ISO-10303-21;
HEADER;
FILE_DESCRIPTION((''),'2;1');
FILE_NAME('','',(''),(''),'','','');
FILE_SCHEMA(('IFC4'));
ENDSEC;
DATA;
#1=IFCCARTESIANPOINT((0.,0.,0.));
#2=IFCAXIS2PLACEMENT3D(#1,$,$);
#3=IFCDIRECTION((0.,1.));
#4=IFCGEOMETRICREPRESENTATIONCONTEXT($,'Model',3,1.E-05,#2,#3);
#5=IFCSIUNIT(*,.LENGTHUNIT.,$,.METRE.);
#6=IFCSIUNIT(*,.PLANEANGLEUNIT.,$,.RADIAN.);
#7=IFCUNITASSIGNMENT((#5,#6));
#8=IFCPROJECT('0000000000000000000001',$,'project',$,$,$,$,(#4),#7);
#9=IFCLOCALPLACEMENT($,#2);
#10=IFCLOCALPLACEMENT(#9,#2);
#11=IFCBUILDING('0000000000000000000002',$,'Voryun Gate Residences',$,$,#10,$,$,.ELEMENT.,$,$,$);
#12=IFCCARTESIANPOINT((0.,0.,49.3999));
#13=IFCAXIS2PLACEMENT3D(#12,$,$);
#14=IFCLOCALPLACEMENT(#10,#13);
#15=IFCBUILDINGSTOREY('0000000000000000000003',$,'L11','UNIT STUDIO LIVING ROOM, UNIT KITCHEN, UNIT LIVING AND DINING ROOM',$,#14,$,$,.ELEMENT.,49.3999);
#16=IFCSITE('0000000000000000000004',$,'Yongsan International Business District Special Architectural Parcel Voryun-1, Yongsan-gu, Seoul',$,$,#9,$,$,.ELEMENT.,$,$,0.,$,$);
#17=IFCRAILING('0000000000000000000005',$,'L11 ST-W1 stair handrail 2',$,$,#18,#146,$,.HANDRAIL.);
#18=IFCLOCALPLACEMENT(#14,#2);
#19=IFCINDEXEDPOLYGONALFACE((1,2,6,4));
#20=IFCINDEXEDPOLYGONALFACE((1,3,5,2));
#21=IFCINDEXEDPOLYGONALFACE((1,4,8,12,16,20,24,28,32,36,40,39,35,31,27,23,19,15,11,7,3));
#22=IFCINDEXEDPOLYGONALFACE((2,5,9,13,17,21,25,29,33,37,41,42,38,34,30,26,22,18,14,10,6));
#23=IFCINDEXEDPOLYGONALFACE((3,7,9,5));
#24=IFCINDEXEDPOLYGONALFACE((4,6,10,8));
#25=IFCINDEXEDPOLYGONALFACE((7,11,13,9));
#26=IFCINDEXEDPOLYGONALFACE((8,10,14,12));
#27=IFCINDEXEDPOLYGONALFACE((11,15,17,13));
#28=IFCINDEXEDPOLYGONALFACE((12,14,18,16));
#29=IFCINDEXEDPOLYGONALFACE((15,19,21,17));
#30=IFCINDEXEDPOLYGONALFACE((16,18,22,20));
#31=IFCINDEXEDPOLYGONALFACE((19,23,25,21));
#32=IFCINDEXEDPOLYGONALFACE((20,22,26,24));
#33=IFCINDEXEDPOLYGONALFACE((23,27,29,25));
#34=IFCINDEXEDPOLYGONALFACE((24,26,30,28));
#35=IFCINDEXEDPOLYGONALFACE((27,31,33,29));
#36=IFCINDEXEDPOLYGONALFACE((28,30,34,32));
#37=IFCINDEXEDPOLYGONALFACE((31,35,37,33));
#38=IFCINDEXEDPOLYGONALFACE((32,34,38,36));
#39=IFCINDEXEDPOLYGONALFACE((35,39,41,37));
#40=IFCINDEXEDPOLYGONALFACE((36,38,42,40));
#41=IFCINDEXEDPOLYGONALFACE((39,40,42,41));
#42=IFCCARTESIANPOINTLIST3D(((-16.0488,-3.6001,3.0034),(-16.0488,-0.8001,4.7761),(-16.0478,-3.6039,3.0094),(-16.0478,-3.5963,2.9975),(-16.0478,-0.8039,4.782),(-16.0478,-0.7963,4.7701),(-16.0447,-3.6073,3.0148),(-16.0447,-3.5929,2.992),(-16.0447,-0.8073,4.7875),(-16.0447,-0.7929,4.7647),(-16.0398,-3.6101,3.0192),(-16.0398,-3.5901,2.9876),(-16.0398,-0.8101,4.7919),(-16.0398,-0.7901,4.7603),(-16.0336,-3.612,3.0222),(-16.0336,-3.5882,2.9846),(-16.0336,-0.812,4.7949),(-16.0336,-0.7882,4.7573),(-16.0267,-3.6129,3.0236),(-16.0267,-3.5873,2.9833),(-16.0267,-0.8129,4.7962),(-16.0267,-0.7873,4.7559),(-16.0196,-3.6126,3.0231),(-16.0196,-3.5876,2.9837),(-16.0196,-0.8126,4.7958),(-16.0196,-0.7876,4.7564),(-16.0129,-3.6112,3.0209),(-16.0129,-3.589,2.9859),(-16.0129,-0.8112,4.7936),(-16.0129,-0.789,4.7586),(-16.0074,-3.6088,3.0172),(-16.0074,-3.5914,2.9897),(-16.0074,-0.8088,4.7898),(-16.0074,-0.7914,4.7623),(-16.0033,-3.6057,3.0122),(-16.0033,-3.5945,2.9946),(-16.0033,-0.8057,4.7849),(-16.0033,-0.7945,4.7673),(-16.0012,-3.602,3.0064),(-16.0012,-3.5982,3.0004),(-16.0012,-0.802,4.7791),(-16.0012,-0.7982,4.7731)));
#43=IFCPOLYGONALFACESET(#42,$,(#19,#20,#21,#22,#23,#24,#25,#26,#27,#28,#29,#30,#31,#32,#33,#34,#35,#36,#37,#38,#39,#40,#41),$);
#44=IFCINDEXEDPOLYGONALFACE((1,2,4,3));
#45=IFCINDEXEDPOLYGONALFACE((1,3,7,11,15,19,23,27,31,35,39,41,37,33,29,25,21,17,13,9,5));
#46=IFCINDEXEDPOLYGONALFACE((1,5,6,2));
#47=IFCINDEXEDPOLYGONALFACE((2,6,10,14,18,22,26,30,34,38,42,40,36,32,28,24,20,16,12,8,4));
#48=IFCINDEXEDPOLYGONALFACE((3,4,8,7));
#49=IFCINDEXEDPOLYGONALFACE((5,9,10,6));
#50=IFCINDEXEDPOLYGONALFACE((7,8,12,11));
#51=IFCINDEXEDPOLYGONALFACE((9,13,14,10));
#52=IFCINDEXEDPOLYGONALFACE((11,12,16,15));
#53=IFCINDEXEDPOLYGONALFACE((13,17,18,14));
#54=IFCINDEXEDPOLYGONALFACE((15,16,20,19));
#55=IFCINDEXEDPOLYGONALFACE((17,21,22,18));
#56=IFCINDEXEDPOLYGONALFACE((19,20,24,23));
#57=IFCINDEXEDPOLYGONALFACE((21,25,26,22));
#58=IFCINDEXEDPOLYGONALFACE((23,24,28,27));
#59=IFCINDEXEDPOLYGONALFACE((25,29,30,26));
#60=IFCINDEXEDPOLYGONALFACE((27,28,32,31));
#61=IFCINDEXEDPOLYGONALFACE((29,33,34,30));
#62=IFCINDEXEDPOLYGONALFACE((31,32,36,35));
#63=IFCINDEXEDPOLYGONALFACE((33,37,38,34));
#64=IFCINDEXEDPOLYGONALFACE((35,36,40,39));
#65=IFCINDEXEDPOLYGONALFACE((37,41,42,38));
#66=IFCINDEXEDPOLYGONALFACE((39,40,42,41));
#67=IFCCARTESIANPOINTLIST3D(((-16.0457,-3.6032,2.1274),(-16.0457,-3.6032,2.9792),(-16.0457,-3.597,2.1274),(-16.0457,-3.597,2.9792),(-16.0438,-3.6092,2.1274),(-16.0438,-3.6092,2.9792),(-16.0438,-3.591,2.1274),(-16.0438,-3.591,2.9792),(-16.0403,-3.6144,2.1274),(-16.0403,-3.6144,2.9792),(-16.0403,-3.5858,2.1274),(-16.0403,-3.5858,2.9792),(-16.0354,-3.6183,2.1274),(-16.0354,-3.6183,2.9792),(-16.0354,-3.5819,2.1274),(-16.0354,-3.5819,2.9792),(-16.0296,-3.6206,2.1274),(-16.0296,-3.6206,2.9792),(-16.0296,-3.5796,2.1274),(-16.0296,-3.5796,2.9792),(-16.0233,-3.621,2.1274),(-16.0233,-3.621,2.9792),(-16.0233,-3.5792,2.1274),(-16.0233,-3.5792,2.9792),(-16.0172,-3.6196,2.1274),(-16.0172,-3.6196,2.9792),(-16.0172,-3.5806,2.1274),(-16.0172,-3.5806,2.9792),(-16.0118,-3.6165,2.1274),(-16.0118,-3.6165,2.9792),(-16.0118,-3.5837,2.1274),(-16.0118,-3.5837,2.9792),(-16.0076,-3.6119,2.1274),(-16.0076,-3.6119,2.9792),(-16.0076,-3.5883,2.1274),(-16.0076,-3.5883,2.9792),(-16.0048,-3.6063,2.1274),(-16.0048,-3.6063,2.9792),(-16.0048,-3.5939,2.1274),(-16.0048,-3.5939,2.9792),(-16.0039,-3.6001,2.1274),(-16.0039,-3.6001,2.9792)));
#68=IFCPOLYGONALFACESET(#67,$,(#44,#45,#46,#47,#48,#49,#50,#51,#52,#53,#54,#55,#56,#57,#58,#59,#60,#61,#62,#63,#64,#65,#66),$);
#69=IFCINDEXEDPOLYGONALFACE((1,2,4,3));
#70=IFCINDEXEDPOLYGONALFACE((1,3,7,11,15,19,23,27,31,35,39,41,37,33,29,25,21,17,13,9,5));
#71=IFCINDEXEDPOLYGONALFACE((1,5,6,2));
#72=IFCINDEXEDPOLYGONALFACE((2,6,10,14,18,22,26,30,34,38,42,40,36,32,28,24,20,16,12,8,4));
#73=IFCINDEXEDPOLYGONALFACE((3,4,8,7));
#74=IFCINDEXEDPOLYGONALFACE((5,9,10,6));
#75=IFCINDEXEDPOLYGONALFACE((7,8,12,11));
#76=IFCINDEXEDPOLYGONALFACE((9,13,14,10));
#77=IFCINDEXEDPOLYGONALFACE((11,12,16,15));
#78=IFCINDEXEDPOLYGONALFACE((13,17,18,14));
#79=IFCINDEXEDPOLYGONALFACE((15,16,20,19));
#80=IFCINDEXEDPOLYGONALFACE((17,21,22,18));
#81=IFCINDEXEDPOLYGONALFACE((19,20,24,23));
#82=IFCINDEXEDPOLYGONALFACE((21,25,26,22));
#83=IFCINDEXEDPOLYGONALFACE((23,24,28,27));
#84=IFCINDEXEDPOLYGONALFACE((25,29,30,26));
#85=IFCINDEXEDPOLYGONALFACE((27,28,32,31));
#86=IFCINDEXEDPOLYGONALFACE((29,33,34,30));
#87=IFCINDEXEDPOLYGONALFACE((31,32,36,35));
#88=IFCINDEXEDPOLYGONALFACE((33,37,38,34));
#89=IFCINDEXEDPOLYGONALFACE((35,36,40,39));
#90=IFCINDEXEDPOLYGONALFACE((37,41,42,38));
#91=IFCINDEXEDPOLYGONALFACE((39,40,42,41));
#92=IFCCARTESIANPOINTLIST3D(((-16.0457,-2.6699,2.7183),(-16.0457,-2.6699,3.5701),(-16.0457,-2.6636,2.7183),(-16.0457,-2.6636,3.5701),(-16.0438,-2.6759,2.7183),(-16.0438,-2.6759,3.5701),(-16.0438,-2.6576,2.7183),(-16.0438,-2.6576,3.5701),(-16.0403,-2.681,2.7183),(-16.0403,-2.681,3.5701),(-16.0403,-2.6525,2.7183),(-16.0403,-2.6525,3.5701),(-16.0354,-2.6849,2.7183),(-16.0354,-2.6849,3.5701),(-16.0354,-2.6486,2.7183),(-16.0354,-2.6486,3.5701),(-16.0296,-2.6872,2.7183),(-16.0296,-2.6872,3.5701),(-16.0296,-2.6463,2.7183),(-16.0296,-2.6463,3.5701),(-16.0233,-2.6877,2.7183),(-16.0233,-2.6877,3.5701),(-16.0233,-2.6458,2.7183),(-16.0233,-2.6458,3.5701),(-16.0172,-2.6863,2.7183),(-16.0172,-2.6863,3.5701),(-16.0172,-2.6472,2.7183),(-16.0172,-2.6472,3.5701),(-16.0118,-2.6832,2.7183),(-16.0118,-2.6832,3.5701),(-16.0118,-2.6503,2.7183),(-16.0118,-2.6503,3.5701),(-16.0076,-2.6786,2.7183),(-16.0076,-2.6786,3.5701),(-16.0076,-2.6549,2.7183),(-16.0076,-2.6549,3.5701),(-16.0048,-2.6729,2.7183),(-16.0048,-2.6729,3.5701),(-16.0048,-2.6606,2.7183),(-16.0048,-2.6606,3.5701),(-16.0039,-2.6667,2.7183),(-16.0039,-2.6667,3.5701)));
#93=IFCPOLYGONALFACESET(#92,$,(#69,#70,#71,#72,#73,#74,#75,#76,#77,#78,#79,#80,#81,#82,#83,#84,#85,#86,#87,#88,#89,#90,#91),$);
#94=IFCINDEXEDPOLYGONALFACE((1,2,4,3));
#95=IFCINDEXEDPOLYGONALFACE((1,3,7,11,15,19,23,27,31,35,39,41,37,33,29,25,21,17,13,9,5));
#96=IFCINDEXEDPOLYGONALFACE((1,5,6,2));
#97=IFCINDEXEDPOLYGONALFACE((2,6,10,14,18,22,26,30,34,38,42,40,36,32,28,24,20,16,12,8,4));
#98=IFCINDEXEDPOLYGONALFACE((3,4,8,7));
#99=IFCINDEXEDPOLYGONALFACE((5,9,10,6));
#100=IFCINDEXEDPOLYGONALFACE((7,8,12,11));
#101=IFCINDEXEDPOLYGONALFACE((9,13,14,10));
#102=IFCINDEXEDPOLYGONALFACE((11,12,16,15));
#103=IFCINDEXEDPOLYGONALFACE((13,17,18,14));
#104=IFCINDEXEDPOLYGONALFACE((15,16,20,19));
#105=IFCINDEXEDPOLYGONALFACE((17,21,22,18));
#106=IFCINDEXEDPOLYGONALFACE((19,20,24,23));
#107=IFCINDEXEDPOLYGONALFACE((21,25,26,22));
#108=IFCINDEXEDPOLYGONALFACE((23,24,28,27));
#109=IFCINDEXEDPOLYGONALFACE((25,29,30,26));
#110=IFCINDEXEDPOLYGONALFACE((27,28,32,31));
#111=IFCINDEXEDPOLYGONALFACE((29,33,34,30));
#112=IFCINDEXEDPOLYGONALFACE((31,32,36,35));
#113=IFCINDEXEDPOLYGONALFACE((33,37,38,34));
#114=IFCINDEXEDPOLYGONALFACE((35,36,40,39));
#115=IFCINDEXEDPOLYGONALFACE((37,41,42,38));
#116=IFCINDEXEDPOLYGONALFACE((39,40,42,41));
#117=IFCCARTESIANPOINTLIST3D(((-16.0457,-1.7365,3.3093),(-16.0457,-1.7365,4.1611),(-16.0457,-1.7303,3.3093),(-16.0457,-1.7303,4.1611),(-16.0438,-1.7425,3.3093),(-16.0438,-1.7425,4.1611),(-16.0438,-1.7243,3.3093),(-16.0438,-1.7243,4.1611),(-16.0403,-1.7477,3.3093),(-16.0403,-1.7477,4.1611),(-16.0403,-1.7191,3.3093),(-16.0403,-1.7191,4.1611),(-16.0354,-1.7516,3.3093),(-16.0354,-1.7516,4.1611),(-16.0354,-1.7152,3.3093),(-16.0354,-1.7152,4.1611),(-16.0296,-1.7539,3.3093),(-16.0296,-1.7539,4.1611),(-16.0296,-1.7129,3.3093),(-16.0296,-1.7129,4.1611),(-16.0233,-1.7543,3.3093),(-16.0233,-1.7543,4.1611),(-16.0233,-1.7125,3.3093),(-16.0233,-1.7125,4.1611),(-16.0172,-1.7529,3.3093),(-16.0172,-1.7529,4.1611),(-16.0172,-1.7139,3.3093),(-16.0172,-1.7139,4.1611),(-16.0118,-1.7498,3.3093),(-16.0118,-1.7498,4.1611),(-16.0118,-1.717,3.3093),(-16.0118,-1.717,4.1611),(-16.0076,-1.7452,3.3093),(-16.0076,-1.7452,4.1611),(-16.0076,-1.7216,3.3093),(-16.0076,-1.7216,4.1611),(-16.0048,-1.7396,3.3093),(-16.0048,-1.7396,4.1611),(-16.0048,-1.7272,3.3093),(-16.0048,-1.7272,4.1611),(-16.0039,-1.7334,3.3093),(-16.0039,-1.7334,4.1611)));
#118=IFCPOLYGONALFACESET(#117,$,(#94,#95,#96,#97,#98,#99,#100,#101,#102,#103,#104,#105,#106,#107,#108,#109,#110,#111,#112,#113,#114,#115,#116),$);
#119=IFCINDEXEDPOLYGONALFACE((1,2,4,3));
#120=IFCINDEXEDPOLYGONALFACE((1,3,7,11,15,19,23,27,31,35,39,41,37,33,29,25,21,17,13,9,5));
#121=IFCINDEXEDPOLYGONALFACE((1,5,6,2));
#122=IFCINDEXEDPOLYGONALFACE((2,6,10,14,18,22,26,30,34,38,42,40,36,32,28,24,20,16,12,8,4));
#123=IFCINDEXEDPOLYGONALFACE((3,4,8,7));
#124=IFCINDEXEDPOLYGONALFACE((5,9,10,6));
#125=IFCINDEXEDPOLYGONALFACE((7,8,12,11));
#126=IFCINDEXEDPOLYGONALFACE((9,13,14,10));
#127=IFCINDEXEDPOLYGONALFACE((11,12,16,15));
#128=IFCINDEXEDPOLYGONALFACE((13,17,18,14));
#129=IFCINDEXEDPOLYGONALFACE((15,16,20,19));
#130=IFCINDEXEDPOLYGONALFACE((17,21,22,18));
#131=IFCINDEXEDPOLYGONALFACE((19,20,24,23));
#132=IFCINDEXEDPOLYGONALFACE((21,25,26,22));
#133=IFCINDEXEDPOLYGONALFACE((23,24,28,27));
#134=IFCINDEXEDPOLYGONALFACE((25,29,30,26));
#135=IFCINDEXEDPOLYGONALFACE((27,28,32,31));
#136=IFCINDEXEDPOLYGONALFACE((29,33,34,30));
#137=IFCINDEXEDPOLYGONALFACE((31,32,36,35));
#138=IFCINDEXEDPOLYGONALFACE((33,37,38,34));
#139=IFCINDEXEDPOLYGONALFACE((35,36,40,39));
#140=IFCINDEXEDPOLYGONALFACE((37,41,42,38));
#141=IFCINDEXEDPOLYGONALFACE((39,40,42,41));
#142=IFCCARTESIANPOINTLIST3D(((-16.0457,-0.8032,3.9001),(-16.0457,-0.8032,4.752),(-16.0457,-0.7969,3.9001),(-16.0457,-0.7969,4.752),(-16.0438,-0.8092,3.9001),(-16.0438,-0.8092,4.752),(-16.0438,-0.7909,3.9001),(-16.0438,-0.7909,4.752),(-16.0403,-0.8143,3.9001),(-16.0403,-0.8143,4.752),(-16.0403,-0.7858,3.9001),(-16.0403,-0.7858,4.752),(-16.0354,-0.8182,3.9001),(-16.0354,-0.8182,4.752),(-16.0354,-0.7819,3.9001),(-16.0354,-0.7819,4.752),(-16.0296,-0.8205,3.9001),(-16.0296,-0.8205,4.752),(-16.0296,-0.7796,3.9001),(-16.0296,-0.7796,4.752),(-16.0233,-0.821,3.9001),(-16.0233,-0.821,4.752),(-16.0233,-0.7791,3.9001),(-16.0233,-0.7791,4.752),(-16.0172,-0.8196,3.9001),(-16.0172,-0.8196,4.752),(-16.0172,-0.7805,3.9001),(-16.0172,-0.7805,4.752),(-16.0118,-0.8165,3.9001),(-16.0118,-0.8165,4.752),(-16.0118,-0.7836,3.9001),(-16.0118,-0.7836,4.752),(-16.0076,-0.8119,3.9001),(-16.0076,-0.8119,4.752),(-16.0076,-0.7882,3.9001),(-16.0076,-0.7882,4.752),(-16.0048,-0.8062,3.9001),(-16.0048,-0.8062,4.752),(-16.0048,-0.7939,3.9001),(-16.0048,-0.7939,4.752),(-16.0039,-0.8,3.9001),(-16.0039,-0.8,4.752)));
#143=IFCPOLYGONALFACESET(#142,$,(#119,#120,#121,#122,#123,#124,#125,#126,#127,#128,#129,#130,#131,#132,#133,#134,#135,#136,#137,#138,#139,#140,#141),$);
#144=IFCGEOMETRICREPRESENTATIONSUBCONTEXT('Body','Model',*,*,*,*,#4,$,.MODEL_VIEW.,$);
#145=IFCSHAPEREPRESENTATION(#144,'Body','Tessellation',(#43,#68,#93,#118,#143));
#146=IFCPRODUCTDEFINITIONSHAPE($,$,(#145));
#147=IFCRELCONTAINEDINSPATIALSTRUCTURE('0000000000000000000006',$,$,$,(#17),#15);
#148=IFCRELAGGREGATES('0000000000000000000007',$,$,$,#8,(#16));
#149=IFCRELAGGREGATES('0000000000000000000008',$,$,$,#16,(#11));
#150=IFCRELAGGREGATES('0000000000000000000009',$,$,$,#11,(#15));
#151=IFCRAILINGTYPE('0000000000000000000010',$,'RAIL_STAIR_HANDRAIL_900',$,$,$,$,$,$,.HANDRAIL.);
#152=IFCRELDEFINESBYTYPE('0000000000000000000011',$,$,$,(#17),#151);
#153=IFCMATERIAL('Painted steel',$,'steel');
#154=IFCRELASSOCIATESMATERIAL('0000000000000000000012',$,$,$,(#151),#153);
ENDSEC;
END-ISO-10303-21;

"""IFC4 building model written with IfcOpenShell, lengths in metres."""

from ifc_helpers import new_model, si_unit, direction, frame, origin, origin_2d, place, context, subcontext, project, spatial, circle, extrude, material, type_object, element, save


model = new_model("IFC4")

# Units and contexts
model_context = context("Model", 3, precision=1e-05, world=origin(), true_north=direction((0.0, 1.0)))
body_context = subcontext(model_context, "Body", "Model", "MODEL_VIEW")
ifc_project = project(units=[si_unit("LENGTHUNIT", "METRE"), si_unit("PLANEANGLEUNIT", "RADIAN")], contexts=[model_context])

# Site, building, storey
site_placement = place(None, origin())
site = spatial("IfcSite", under=ifc_project, at=site_placement, Name="Yongsan International Business District Special Architectural Parcel Voryun-1, Yongsan-gu, Seoul", CompositionType="ELEMENT", RefElevation=0.0)
building_placement = place(site_placement, origin())
building = spatial("IfcBuilding", under=site, at=building_placement, Name="Voryun Gate Residences", CompositionType="ELEMENT")
storey_placement = place(building_placement, frame((0.0, 0.0, 49.3999)))
storey = spatial("IfcBuildingStorey", under=building, at=storey_placement, Name="L11", Description="UNIT STUDIO LIVING ROOM, UNIT KITCHEN, UNIT LIVING AND DINING ROOM", CompositionType="ELEMENT", Elevation=49.3999)

# Railing
ifc_material_1 = material(Name="Painted steel", Category="steel")
railing_type_1 = type_object("IfcRailingType", Name="RAIL_STAIR_HANDRAIL_900", PredefinedType="HANDRAIL", material=ifc_material_1)
railing_1_placement = place(storey_placement, frame((-16.0249, -3.6001, 2.1274)))
element("IfcRailing", 1, at=railing_1_placement, inside=storey, type_object=railing_type_1, Name="L11 ST-W1 stair handrail 2", PredefinedType="HANDRAIL", context=body_context, shape_type="SweptSolid", body=[
    extrude(circle(Radius=0.0239, at=origin_2d()), frame((0.0, 0.0, 0.876), z_axis=(0.0, 0.844909, 0.53491), x_axis=(-1.0, 0.0, 0.0)), (0.0, 0.0, 1.0), 3.314),
    extrude(circle(Radius=0.021, at=origin_2d()), origin(), (0.0, 0.0, 1.0), 0.8518),
    extrude(circle(Radius=0.021, at=origin_2d()), frame((0.0, 0.9333, 0.5908)), (0.0, 0.0, 1.0), 0.8518),
    extrude(circle(Radius=0.021, at=origin_2d()), frame((0.0, 1.8667, 1.1819)), (0.0, 0.0, 1.0), 0.8518),
    extrude(circle(Radius=0.021, at=origin_2d()), frame((0.0, 2.8, 1.7727)), (0.0, 0.0, 1.0), 0.8518),
])

save(model, "model.ifc")
